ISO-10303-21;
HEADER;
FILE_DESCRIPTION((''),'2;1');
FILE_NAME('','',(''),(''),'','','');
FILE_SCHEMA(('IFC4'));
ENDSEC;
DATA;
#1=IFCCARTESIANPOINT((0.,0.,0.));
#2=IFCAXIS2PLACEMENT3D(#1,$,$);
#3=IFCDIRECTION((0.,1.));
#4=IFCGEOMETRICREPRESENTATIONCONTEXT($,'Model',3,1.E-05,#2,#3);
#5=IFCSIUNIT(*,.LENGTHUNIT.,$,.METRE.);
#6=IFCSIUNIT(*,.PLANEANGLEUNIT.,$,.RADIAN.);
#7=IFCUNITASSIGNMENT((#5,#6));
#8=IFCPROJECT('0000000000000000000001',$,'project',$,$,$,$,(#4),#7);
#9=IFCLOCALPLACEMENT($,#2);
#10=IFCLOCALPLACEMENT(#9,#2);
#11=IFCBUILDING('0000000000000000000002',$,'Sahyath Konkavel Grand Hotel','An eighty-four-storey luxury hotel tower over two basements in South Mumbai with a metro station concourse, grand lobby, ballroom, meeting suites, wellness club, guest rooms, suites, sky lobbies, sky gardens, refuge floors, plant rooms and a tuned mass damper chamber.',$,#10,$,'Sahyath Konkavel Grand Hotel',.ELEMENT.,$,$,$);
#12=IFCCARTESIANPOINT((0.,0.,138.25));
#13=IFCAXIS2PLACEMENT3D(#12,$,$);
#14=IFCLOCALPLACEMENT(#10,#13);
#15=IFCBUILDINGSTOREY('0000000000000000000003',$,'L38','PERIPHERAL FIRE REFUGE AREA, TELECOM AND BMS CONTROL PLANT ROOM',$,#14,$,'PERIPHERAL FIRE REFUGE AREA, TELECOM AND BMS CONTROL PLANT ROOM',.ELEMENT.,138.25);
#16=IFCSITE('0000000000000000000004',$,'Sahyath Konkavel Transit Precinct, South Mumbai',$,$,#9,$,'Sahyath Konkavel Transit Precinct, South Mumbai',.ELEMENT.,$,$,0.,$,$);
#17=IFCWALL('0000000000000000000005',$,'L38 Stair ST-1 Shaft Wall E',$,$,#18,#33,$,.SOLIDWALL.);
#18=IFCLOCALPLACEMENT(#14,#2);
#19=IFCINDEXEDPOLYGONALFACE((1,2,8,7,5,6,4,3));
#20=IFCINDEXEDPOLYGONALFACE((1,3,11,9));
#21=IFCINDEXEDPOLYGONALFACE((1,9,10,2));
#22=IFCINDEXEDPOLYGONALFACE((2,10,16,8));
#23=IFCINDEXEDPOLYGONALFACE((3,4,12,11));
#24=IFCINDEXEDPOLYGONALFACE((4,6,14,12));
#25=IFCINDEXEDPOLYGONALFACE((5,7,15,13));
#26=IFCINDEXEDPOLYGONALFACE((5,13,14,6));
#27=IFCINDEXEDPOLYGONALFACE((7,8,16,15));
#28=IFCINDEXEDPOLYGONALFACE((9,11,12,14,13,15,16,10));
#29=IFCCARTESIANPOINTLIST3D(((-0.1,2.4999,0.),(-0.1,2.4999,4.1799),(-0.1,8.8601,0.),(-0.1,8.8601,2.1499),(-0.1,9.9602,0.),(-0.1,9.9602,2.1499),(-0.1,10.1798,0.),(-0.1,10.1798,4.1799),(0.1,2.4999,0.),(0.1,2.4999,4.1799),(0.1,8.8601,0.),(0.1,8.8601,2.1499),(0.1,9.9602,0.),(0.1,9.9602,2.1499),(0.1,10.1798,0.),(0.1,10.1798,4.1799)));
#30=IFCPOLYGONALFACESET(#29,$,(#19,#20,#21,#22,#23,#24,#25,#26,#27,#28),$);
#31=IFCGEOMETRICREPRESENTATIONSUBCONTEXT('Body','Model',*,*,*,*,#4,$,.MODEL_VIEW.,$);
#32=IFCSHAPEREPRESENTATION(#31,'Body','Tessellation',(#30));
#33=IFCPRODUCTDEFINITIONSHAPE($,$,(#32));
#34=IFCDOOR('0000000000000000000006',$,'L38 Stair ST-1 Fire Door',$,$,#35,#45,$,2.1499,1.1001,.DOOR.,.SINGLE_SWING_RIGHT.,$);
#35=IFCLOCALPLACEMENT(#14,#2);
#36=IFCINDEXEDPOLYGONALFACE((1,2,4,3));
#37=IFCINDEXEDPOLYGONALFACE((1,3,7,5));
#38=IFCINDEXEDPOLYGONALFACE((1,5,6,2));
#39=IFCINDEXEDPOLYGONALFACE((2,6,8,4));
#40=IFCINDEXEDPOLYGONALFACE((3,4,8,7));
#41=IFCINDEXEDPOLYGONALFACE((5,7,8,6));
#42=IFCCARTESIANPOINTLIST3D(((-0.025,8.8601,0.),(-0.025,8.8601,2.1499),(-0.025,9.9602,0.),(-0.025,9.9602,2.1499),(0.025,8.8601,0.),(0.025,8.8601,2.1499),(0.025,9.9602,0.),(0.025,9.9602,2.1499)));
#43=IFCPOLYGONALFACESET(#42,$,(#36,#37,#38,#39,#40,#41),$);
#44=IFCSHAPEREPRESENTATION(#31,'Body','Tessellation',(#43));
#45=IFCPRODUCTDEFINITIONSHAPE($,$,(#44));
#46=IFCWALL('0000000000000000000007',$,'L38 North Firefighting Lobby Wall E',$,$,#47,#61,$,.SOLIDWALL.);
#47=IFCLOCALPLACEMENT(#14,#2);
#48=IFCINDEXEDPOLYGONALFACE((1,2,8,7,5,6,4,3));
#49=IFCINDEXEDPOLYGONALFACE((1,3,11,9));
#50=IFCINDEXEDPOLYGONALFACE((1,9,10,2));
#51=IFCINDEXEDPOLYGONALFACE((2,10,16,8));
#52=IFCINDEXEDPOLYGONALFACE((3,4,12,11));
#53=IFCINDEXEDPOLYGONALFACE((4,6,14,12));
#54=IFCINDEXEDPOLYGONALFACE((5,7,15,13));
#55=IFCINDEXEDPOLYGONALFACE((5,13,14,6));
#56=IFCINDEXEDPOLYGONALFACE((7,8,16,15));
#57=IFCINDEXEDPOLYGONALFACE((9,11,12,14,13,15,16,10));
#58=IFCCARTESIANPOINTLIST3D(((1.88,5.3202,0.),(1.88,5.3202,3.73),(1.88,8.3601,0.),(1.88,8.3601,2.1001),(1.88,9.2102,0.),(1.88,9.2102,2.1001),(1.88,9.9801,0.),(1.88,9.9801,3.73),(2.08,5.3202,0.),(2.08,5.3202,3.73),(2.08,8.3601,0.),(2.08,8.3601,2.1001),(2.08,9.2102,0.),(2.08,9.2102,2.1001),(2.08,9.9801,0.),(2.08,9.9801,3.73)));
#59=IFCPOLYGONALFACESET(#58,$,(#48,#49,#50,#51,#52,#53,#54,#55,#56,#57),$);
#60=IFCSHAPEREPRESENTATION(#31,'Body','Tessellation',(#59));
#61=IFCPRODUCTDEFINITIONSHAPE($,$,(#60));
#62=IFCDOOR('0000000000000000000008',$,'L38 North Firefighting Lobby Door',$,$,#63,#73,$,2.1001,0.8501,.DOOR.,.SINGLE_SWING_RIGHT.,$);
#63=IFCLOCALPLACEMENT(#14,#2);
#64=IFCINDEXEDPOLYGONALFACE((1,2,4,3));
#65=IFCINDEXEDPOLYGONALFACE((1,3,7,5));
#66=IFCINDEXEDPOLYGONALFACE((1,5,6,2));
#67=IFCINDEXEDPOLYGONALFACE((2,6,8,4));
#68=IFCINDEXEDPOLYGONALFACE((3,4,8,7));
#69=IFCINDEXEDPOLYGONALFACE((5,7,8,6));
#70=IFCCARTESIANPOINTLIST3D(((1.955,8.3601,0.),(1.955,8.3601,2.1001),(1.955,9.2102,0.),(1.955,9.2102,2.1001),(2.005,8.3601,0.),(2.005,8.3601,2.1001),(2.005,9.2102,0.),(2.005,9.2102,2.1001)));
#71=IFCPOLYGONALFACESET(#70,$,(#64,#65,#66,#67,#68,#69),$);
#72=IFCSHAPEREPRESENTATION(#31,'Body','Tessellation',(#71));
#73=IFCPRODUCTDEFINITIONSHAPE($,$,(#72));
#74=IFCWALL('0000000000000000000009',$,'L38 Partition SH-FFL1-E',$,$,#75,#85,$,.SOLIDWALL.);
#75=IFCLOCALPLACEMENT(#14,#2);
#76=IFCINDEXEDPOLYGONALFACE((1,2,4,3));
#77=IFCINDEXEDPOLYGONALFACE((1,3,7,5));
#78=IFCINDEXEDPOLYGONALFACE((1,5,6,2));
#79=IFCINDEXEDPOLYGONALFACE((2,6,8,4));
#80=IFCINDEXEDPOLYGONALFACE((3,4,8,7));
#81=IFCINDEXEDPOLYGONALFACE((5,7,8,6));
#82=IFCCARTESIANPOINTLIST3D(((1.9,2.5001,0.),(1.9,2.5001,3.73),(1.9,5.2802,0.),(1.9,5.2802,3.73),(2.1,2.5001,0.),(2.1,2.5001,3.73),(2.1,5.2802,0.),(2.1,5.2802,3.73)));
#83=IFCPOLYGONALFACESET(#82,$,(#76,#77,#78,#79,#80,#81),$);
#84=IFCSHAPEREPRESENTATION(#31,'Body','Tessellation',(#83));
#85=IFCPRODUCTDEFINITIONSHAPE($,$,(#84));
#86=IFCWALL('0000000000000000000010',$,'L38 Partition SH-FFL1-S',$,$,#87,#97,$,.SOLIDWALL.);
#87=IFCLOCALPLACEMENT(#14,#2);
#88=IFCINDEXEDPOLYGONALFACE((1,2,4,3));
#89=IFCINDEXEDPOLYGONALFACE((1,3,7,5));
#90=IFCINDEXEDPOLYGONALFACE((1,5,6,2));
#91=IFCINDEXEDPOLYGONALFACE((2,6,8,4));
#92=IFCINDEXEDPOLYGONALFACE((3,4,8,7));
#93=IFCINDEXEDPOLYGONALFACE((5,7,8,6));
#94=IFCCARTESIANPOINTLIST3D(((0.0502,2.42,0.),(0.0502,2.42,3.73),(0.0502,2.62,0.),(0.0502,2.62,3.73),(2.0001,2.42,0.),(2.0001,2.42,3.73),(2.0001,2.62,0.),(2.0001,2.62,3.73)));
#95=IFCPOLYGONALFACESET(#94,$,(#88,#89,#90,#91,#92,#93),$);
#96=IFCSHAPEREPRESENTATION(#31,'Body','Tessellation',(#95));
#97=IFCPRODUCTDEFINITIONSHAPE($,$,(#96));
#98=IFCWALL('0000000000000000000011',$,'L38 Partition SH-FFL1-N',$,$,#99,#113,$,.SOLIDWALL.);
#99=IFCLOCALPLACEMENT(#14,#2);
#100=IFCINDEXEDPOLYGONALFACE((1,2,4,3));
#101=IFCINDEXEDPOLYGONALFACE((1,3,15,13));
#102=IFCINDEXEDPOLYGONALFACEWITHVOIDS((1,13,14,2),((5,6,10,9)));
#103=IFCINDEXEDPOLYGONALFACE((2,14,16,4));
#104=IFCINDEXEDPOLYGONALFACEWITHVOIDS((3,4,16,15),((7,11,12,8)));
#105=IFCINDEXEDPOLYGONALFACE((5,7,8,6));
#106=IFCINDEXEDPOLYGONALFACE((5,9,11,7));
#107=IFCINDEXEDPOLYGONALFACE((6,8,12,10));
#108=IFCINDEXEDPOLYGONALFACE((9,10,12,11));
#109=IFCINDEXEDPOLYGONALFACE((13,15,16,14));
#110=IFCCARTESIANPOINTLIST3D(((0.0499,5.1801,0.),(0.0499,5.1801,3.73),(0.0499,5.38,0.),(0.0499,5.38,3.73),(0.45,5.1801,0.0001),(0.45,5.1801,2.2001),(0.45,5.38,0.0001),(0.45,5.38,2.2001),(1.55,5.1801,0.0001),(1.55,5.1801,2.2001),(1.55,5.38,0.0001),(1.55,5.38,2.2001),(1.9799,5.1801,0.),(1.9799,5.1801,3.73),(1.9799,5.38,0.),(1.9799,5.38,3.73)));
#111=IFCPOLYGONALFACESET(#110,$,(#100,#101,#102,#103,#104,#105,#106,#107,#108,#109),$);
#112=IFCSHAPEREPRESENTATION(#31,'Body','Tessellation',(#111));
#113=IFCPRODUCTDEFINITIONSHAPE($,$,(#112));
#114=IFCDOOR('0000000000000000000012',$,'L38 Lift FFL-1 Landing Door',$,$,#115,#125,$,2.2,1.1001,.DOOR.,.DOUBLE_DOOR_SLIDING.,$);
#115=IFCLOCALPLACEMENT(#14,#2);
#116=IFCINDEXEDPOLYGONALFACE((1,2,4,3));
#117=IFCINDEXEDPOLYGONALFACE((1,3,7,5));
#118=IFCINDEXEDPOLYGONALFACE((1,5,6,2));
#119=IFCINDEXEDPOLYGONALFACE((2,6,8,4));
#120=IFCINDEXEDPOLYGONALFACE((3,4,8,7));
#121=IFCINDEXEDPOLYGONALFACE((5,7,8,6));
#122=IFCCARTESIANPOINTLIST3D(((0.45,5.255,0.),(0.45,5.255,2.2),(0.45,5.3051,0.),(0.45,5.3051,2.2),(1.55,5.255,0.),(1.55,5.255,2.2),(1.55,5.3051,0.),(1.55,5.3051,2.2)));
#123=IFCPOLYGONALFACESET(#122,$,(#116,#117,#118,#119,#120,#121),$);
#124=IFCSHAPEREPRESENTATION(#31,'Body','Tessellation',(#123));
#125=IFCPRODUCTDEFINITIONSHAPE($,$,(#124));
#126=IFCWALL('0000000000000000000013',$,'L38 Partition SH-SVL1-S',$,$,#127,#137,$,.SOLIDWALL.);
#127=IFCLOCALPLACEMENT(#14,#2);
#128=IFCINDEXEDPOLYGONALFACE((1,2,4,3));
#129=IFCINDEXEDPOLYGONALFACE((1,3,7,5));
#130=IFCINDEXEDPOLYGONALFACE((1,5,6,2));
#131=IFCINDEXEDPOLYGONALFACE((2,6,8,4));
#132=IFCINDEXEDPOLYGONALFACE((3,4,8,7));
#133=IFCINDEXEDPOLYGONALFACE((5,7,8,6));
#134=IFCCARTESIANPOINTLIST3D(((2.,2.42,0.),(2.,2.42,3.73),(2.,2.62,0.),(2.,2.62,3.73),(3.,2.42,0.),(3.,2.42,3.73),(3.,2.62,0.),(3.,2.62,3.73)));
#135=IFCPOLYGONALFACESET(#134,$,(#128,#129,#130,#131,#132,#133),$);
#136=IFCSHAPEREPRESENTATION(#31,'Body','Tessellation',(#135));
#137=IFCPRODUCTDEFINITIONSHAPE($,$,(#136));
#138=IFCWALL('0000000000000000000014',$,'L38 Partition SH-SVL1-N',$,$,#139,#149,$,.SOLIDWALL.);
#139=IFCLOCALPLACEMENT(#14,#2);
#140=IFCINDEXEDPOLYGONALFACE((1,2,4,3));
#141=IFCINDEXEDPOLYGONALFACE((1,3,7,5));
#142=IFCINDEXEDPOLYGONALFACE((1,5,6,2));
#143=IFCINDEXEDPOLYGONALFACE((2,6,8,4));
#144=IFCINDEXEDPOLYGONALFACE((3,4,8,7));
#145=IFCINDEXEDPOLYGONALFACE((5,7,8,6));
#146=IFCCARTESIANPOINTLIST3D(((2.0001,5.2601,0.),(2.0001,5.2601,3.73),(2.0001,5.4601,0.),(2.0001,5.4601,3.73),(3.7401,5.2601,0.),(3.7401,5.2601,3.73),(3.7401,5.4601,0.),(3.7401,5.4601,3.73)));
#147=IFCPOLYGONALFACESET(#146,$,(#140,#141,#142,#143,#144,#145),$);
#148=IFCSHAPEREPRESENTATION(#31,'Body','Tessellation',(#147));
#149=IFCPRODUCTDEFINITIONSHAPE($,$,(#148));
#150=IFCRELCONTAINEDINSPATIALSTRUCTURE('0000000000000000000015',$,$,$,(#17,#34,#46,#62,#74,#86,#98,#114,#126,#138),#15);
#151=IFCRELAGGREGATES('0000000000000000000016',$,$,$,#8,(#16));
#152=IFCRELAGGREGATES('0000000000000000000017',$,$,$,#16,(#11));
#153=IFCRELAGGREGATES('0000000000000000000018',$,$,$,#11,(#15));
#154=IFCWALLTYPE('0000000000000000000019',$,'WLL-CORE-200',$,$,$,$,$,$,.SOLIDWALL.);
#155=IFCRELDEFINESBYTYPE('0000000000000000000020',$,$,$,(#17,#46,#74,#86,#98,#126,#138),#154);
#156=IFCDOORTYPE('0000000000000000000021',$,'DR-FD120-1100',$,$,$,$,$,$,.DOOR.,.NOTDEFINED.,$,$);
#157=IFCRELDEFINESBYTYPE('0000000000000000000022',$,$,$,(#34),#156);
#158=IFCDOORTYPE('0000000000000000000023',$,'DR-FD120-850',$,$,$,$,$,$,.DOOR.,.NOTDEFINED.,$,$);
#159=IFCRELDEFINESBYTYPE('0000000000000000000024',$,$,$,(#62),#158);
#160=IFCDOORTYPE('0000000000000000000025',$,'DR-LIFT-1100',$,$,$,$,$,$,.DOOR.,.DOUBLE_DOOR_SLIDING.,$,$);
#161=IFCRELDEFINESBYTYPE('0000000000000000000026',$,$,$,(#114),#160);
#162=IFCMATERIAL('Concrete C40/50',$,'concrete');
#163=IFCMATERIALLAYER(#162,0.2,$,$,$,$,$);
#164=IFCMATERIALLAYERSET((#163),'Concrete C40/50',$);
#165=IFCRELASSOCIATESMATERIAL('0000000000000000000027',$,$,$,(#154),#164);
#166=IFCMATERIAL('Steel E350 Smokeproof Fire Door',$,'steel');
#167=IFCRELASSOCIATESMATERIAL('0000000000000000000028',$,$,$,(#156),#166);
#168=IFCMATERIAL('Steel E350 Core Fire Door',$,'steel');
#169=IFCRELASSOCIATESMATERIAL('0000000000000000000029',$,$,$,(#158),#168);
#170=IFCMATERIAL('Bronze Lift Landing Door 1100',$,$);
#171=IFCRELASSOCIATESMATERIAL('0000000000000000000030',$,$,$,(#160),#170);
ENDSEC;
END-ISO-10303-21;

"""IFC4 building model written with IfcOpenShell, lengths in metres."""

from ifc_helpers import new_model, si_unit, direction, frame, frame_2d, origin, origin_2d, place, context, subcontext, project, spatial, rectangle, extrude, source, transform, mapped, material, layer, layer_set, type_object, element, fill, save


model = new_model("IFC4")

# Units and contexts
model_context = context("Model", 3, precision=1e-05, world=origin(), true_north=direction((0.0, 1.0)))
body_context = subcontext(model_context, "Body", "Model", "MODEL_VIEW")
ifc_project = project(units=[si_unit("LENGTHUNIT", "METRE"), si_unit("PLANEANGLEUNIT", "RADIAN")], contexts=[model_context])

# Site, building, storey
site_placement = place(None, origin())
site = spatial("IfcSite", under=ifc_project, at=site_placement, Name="Sahyath Konkavel Transit Precinct, South Mumbai", LongName="Sahyath Konkavel Transit Precinct, South Mumbai", CompositionType="ELEMENT", RefElevation=0.0)
building_placement = place(site_placement, origin())
building = spatial("IfcBuilding", under=site, at=building_placement, Name="Sahyath Konkavel Grand Hotel", Description="An eighty-four-storey luxury hotel tower over two basements in South Mumbai with a metro station concourse, grand lobby, ballroom, meeting suites, wellness club, guest rooms, suites, sky lobbies, sky gardens, refuge floors, plant rooms and a tuned mass damper chamber.", LongName="Sahyath Konkavel Grand Hotel", CompositionType="ELEMENT")
storey_placement = place(building_placement, frame((0.0, 0.0, 138.25)))
storey = spatial("IfcBuildingStorey", under=building, at=storey_placement, Name="L38", Description="PERIPHERAL FIRE REFUGE AREA, TELECOM AND BMS CONTROL PLANT ROOM", LongName="PERIPHERAL FIRE REFUGE AREA, TELECOM AND BMS CONTROL PLANT ROOM", CompositionType="ELEMENT", Elevation=138.25)

# Shared definitions
ifc_material_1 = material(Name="Concrete C40/50", Category="concrete")

# Walls, openings, doors
ifc_layer_1 = layer(ifc_material_1, 0.2)
ifc_layer_set_1 = layer_set([ifc_layer_1], Name="Concrete C40/50")
wall_type = type_object("IfcWallType", Name="WLL-CORE-200", PredefinedType="SOLIDWALL", material=ifc_layer_set_1)
wall_1_placement = place(storey_placement, frame((0.0, 2.5, 0.0), z_axis=(0.0, 0.0, 1.0), x_axis=(0.0, 1.0, 0.0)))
wall_1 = element("IfcWall", 1, at=wall_1_placement, inside=storey, type_object=wall_type, Name="L38 Stair ST-1 Shaft Wall E", PredefinedType="SOLIDWALL", context=body_context, shape_type="SweptSolid", body=[
    extrude(rectangle(XDim=7.6799, YDim=0.2, at=frame_2d((3.8398, 0.0))), origin(), (0.0, 0.0, 1.0), 4.1799),
])
opening_1_placement = place(wall_1_placement, frame((6.3601, 0.0, 0.0)))
opening_1 = element("IfcOpeningElement", 2, at=opening_1_placement, cuts=wall_1, PredefinedType="OPENING", context=body_context, shape_type="SweptSolid", body=[
    extrude(rectangle(XDim=1.1001, YDim=2.1499, at=frame_2d((0.55, 1.075))), frame((0.0, 0.1099, 0.0), z_axis=(0.0, -1.0, 0.0), x_axis=(1.0, 0.0, 0.0)), (0.0, 0.0, 1.0), 0.22),
])
ifc_material_2 = material(Name="Steel E350 Smokeproof Fire Door", Category="steel")
door_type_1 = type_object("IfcDoorType", Name="DR-FD120-1100", OperationType="NOTDEFINED", PredefinedType="DOOR", material=ifc_material_2)
shared_shape_1 = source(origin(), body_context, "Body", "SweptSolid", [
    extrude(rectangle(XDim=1.1001, YDim=0.05, at=origin_2d()), origin(), (0.0, 0.0, 1.0), 2.1499),
])
door_1_placement = place(opening_1_placement, frame((0.55, 0.0, 0.0)))
door_1 = element("IfcDoor", 3, at=door_1_placement, inside=storey, type_object=door_type_1, Name="L38 Stair ST-1 Fire Door", OperationType="SINGLE_SWING_RIGHT", OverallHeight=2.1499, OverallWidth=1.1001, PredefinedType="DOOR", context=body_context, shape_type="MappedRepresentation", body=[
    mapped(shared_shape_1, transform((0.0, 0.0, 0.0), scale=1.0)),
])
fill(opening_1, door_1)
wall_2_placement = place(storey_placement, frame((1.98, 5.3201, 0.0), z_axis=(0.0, 0.0, 1.0), x_axis=(0.0, 1.0, 0.0)))
wall_2 = element("IfcWall", 4, at=wall_2_placement, inside=storey, type_object=wall_type, Name="L38 North Firefighting Lobby Wall E", PredefinedType="SOLIDWALL", context=body_context, shape_type="SweptSolid", body=[
    extrude(rectangle(XDim=4.6599, YDim=0.2, at=frame_2d((2.3301, 0.0))), origin(), (0.0, 0.0, 1.0), 3.73),
])
opening_2_placement = place(wall_2_placement, frame((3.04, 0.0, 0.0)))
opening_2 = element("IfcOpeningElement", 5, at=opening_2_placement, cuts=wall_2, PredefinedType="OPENING", context=body_context, shape_type="SweptSolid", body=[
    extrude(rectangle(XDim=0.8501, YDim=2.1001, at=frame_2d((0.425, 1.05))), frame((0.0, 0.1099, 0.0), z_axis=(0.0, -1.0, 0.0), x_axis=(1.0, 0.0, 0.0)), (0.0, 0.0, 1.0), 0.22),
])
ifc_material_3 = material(Name="Steel E350 Core Fire Door", Category="steel")
door_type_2 = type_object("IfcDoorType", Name="DR-FD120-850", OperationType="NOTDEFINED", PredefinedType="DOOR", material=ifc_material_3)
shared_shape_2 = source(origin(), body_context, "Body", "SweptSolid", [
    extrude(rectangle(XDim=0.8501, YDim=0.05, at=origin_2d()), origin(), (0.0, 0.0, 1.0), 2.1001),
])
door_2_placement = place(opening_2_placement, frame((0.425, 0.0, 0.0)))
door_2 = element("IfcDoor", 6, at=door_2_placement, inside=storey, type_object=door_type_2, Name="L38 North Firefighting Lobby Door", OperationType="SINGLE_SWING_RIGHT", OverallHeight=2.1001, OverallWidth=0.8501, PredefinedType="DOOR", context=body_context, shape_type="MappedRepresentation", body=[
    mapped(shared_shape_2, transform((0.0, 0.0, 0.0), scale=1.0)),
])
fill(opening_2, door_2)

# Walls
wall_3_placement = place(storey_placement, frame((2.0, 2.5, 0.0), z_axis=(0.0, 0.0, 1.0), x_axis=(0.0, 1.0, 0.0)))
element("IfcWall", 7, at=wall_3_placement, inside=storey, type_object=wall_type, Name="L38 Partition SH-FFL1-E", PredefinedType="SOLIDWALL", context=body_context, shape_type="SweptSolid", body=[
    extrude(rectangle(XDim=2.78, YDim=0.2, at=frame_2d((1.3901, 0.0))), origin(), (0.0, 0.0, 1.0), 3.73),
])
wall_4_placement = place(storey_placement, frame((0.05, 2.52, 0.0), z_axis=(0.0, 0.0, 1.0), x_axis=(1.0, 0.0, 0.0)))
element("IfcWall", 8, at=wall_4_placement, inside=storey, type_object=wall_type, Name="L38 Partition SH-FFL1-S", PredefinedType="SOLIDWALL", context=body_context, shape_type="SweptSolid", body=[
    extrude(rectangle(XDim=1.95, YDim=0.2, at=frame_2d((0.9751, 0.0))), origin(), (0.0, 0.0, 1.0), 3.73),
])

# Wall, opening, door
wall_5_placement = place(storey_placement, frame((0.05, 5.28, 0.0), z_axis=(0.0, 0.0, 1.0), x_axis=(1.0, 0.0, 0.0)))
wall_5 = element("IfcWall", 9, at=wall_5_placement, inside=storey, type_object=wall_type, Name="L38 Partition SH-FFL1-N", PredefinedType="SOLIDWALL", context=body_context, shape_type="SweptSolid", body=[
    extrude(rectangle(XDim=1.9299, YDim=0.2, at=frame_2d((0.9648, 0.0))), origin(), (0.0, 0.0, 1.0), 3.73),
])
opening_3_placement = place(wall_5_placement, frame((0.3999, 0.0, 0.0)))
opening_3 = element("IfcOpeningElement", 10, at=opening_3_placement, cuts=wall_5, PredefinedType="OPENING", context=body_context, shape_type="SweptSolid", body=[
    extrude(rectangle(XDim=1.1001, YDim=2.2, at=frame_2d((0.55, 1.1001))), frame((0.0, 0.1099, 0.0), z_axis=(0.0, -1.0, 0.0), x_axis=(1.0, 0.0, 0.0)), (0.0, 0.0, 1.0), 0.22),
])
ifc_material_4 = material(Name="Bronze Lift Landing Door 1100")
door_type_3 = type_object("IfcDoorType", Name="DR-LIFT-1100", OperationType="DOUBLE_DOOR_SLIDING", PredefinedType="DOOR", material=ifc_material_4)
shared_shape_3 = source(origin(), body_context, "Body", "SweptSolid", [
    extrude(rectangle(XDim=1.1001, YDim=0.05, at=origin_2d()), origin(), (0.0, 0.0, 1.0), 2.2),
])
door_3_placement = place(opening_3_placement, frame((0.55, 0.0, 0.0)))
door_3 = element("IfcDoor", 11, at=door_3_placement, inside=storey, type_object=door_type_3, Name="L38 Lift FFL-1 Landing Door", OperationType="DOUBLE_DOOR_SLIDING", OverallHeight=2.2, OverallWidth=1.1001, PredefinedType="DOOR", context=body_context, shape_type="MappedRepresentation", body=[
    mapped(shared_shape_3, transform((0.0, 0.0, 0.0), scale=1.0)),
])
fill(opening_3, door_3)

# Walls
wall_6_placement = place(storey_placement, frame((2.0, 2.52, 0.0), z_axis=(0.0, 0.0, 1.0), x_axis=(1.0, 0.0, 0.0)))
element("IfcWall", 12, at=wall_6_placement, inside=storey, type_object=wall_type, Name="L38 Partition SH-SVL1-S", PredefinedType="SOLIDWALL", context=body_context, shape_type="SweptSolid", body=[
    extrude(rectangle(XDim=1.0, YDim=0.2, at=frame_2d((0.5, 0.0))), origin(), (0.0, 0.0, 1.0), 3.73),
])
wall_7_placement = place(storey_placement, frame((2.0, 5.3601, 0.0), z_axis=(0.0, 0.0, 1.0), x_axis=(1.0, 0.0, 0.0)))
element("IfcWall", 13, at=wall_7_placement, inside=storey, type_object=wall_type, Name="L38 Partition SH-SVL1-N", PredefinedType="SOLIDWALL", context=body_context, shape_type="SweptSolid", body=[
    extrude(rectangle(XDim=1.74, YDim=0.2, at=frame_2d((0.8701, 0.0))), origin(), (0.0, 0.0, 1.0), 3.73),
])

save(model, "model.ifc")
